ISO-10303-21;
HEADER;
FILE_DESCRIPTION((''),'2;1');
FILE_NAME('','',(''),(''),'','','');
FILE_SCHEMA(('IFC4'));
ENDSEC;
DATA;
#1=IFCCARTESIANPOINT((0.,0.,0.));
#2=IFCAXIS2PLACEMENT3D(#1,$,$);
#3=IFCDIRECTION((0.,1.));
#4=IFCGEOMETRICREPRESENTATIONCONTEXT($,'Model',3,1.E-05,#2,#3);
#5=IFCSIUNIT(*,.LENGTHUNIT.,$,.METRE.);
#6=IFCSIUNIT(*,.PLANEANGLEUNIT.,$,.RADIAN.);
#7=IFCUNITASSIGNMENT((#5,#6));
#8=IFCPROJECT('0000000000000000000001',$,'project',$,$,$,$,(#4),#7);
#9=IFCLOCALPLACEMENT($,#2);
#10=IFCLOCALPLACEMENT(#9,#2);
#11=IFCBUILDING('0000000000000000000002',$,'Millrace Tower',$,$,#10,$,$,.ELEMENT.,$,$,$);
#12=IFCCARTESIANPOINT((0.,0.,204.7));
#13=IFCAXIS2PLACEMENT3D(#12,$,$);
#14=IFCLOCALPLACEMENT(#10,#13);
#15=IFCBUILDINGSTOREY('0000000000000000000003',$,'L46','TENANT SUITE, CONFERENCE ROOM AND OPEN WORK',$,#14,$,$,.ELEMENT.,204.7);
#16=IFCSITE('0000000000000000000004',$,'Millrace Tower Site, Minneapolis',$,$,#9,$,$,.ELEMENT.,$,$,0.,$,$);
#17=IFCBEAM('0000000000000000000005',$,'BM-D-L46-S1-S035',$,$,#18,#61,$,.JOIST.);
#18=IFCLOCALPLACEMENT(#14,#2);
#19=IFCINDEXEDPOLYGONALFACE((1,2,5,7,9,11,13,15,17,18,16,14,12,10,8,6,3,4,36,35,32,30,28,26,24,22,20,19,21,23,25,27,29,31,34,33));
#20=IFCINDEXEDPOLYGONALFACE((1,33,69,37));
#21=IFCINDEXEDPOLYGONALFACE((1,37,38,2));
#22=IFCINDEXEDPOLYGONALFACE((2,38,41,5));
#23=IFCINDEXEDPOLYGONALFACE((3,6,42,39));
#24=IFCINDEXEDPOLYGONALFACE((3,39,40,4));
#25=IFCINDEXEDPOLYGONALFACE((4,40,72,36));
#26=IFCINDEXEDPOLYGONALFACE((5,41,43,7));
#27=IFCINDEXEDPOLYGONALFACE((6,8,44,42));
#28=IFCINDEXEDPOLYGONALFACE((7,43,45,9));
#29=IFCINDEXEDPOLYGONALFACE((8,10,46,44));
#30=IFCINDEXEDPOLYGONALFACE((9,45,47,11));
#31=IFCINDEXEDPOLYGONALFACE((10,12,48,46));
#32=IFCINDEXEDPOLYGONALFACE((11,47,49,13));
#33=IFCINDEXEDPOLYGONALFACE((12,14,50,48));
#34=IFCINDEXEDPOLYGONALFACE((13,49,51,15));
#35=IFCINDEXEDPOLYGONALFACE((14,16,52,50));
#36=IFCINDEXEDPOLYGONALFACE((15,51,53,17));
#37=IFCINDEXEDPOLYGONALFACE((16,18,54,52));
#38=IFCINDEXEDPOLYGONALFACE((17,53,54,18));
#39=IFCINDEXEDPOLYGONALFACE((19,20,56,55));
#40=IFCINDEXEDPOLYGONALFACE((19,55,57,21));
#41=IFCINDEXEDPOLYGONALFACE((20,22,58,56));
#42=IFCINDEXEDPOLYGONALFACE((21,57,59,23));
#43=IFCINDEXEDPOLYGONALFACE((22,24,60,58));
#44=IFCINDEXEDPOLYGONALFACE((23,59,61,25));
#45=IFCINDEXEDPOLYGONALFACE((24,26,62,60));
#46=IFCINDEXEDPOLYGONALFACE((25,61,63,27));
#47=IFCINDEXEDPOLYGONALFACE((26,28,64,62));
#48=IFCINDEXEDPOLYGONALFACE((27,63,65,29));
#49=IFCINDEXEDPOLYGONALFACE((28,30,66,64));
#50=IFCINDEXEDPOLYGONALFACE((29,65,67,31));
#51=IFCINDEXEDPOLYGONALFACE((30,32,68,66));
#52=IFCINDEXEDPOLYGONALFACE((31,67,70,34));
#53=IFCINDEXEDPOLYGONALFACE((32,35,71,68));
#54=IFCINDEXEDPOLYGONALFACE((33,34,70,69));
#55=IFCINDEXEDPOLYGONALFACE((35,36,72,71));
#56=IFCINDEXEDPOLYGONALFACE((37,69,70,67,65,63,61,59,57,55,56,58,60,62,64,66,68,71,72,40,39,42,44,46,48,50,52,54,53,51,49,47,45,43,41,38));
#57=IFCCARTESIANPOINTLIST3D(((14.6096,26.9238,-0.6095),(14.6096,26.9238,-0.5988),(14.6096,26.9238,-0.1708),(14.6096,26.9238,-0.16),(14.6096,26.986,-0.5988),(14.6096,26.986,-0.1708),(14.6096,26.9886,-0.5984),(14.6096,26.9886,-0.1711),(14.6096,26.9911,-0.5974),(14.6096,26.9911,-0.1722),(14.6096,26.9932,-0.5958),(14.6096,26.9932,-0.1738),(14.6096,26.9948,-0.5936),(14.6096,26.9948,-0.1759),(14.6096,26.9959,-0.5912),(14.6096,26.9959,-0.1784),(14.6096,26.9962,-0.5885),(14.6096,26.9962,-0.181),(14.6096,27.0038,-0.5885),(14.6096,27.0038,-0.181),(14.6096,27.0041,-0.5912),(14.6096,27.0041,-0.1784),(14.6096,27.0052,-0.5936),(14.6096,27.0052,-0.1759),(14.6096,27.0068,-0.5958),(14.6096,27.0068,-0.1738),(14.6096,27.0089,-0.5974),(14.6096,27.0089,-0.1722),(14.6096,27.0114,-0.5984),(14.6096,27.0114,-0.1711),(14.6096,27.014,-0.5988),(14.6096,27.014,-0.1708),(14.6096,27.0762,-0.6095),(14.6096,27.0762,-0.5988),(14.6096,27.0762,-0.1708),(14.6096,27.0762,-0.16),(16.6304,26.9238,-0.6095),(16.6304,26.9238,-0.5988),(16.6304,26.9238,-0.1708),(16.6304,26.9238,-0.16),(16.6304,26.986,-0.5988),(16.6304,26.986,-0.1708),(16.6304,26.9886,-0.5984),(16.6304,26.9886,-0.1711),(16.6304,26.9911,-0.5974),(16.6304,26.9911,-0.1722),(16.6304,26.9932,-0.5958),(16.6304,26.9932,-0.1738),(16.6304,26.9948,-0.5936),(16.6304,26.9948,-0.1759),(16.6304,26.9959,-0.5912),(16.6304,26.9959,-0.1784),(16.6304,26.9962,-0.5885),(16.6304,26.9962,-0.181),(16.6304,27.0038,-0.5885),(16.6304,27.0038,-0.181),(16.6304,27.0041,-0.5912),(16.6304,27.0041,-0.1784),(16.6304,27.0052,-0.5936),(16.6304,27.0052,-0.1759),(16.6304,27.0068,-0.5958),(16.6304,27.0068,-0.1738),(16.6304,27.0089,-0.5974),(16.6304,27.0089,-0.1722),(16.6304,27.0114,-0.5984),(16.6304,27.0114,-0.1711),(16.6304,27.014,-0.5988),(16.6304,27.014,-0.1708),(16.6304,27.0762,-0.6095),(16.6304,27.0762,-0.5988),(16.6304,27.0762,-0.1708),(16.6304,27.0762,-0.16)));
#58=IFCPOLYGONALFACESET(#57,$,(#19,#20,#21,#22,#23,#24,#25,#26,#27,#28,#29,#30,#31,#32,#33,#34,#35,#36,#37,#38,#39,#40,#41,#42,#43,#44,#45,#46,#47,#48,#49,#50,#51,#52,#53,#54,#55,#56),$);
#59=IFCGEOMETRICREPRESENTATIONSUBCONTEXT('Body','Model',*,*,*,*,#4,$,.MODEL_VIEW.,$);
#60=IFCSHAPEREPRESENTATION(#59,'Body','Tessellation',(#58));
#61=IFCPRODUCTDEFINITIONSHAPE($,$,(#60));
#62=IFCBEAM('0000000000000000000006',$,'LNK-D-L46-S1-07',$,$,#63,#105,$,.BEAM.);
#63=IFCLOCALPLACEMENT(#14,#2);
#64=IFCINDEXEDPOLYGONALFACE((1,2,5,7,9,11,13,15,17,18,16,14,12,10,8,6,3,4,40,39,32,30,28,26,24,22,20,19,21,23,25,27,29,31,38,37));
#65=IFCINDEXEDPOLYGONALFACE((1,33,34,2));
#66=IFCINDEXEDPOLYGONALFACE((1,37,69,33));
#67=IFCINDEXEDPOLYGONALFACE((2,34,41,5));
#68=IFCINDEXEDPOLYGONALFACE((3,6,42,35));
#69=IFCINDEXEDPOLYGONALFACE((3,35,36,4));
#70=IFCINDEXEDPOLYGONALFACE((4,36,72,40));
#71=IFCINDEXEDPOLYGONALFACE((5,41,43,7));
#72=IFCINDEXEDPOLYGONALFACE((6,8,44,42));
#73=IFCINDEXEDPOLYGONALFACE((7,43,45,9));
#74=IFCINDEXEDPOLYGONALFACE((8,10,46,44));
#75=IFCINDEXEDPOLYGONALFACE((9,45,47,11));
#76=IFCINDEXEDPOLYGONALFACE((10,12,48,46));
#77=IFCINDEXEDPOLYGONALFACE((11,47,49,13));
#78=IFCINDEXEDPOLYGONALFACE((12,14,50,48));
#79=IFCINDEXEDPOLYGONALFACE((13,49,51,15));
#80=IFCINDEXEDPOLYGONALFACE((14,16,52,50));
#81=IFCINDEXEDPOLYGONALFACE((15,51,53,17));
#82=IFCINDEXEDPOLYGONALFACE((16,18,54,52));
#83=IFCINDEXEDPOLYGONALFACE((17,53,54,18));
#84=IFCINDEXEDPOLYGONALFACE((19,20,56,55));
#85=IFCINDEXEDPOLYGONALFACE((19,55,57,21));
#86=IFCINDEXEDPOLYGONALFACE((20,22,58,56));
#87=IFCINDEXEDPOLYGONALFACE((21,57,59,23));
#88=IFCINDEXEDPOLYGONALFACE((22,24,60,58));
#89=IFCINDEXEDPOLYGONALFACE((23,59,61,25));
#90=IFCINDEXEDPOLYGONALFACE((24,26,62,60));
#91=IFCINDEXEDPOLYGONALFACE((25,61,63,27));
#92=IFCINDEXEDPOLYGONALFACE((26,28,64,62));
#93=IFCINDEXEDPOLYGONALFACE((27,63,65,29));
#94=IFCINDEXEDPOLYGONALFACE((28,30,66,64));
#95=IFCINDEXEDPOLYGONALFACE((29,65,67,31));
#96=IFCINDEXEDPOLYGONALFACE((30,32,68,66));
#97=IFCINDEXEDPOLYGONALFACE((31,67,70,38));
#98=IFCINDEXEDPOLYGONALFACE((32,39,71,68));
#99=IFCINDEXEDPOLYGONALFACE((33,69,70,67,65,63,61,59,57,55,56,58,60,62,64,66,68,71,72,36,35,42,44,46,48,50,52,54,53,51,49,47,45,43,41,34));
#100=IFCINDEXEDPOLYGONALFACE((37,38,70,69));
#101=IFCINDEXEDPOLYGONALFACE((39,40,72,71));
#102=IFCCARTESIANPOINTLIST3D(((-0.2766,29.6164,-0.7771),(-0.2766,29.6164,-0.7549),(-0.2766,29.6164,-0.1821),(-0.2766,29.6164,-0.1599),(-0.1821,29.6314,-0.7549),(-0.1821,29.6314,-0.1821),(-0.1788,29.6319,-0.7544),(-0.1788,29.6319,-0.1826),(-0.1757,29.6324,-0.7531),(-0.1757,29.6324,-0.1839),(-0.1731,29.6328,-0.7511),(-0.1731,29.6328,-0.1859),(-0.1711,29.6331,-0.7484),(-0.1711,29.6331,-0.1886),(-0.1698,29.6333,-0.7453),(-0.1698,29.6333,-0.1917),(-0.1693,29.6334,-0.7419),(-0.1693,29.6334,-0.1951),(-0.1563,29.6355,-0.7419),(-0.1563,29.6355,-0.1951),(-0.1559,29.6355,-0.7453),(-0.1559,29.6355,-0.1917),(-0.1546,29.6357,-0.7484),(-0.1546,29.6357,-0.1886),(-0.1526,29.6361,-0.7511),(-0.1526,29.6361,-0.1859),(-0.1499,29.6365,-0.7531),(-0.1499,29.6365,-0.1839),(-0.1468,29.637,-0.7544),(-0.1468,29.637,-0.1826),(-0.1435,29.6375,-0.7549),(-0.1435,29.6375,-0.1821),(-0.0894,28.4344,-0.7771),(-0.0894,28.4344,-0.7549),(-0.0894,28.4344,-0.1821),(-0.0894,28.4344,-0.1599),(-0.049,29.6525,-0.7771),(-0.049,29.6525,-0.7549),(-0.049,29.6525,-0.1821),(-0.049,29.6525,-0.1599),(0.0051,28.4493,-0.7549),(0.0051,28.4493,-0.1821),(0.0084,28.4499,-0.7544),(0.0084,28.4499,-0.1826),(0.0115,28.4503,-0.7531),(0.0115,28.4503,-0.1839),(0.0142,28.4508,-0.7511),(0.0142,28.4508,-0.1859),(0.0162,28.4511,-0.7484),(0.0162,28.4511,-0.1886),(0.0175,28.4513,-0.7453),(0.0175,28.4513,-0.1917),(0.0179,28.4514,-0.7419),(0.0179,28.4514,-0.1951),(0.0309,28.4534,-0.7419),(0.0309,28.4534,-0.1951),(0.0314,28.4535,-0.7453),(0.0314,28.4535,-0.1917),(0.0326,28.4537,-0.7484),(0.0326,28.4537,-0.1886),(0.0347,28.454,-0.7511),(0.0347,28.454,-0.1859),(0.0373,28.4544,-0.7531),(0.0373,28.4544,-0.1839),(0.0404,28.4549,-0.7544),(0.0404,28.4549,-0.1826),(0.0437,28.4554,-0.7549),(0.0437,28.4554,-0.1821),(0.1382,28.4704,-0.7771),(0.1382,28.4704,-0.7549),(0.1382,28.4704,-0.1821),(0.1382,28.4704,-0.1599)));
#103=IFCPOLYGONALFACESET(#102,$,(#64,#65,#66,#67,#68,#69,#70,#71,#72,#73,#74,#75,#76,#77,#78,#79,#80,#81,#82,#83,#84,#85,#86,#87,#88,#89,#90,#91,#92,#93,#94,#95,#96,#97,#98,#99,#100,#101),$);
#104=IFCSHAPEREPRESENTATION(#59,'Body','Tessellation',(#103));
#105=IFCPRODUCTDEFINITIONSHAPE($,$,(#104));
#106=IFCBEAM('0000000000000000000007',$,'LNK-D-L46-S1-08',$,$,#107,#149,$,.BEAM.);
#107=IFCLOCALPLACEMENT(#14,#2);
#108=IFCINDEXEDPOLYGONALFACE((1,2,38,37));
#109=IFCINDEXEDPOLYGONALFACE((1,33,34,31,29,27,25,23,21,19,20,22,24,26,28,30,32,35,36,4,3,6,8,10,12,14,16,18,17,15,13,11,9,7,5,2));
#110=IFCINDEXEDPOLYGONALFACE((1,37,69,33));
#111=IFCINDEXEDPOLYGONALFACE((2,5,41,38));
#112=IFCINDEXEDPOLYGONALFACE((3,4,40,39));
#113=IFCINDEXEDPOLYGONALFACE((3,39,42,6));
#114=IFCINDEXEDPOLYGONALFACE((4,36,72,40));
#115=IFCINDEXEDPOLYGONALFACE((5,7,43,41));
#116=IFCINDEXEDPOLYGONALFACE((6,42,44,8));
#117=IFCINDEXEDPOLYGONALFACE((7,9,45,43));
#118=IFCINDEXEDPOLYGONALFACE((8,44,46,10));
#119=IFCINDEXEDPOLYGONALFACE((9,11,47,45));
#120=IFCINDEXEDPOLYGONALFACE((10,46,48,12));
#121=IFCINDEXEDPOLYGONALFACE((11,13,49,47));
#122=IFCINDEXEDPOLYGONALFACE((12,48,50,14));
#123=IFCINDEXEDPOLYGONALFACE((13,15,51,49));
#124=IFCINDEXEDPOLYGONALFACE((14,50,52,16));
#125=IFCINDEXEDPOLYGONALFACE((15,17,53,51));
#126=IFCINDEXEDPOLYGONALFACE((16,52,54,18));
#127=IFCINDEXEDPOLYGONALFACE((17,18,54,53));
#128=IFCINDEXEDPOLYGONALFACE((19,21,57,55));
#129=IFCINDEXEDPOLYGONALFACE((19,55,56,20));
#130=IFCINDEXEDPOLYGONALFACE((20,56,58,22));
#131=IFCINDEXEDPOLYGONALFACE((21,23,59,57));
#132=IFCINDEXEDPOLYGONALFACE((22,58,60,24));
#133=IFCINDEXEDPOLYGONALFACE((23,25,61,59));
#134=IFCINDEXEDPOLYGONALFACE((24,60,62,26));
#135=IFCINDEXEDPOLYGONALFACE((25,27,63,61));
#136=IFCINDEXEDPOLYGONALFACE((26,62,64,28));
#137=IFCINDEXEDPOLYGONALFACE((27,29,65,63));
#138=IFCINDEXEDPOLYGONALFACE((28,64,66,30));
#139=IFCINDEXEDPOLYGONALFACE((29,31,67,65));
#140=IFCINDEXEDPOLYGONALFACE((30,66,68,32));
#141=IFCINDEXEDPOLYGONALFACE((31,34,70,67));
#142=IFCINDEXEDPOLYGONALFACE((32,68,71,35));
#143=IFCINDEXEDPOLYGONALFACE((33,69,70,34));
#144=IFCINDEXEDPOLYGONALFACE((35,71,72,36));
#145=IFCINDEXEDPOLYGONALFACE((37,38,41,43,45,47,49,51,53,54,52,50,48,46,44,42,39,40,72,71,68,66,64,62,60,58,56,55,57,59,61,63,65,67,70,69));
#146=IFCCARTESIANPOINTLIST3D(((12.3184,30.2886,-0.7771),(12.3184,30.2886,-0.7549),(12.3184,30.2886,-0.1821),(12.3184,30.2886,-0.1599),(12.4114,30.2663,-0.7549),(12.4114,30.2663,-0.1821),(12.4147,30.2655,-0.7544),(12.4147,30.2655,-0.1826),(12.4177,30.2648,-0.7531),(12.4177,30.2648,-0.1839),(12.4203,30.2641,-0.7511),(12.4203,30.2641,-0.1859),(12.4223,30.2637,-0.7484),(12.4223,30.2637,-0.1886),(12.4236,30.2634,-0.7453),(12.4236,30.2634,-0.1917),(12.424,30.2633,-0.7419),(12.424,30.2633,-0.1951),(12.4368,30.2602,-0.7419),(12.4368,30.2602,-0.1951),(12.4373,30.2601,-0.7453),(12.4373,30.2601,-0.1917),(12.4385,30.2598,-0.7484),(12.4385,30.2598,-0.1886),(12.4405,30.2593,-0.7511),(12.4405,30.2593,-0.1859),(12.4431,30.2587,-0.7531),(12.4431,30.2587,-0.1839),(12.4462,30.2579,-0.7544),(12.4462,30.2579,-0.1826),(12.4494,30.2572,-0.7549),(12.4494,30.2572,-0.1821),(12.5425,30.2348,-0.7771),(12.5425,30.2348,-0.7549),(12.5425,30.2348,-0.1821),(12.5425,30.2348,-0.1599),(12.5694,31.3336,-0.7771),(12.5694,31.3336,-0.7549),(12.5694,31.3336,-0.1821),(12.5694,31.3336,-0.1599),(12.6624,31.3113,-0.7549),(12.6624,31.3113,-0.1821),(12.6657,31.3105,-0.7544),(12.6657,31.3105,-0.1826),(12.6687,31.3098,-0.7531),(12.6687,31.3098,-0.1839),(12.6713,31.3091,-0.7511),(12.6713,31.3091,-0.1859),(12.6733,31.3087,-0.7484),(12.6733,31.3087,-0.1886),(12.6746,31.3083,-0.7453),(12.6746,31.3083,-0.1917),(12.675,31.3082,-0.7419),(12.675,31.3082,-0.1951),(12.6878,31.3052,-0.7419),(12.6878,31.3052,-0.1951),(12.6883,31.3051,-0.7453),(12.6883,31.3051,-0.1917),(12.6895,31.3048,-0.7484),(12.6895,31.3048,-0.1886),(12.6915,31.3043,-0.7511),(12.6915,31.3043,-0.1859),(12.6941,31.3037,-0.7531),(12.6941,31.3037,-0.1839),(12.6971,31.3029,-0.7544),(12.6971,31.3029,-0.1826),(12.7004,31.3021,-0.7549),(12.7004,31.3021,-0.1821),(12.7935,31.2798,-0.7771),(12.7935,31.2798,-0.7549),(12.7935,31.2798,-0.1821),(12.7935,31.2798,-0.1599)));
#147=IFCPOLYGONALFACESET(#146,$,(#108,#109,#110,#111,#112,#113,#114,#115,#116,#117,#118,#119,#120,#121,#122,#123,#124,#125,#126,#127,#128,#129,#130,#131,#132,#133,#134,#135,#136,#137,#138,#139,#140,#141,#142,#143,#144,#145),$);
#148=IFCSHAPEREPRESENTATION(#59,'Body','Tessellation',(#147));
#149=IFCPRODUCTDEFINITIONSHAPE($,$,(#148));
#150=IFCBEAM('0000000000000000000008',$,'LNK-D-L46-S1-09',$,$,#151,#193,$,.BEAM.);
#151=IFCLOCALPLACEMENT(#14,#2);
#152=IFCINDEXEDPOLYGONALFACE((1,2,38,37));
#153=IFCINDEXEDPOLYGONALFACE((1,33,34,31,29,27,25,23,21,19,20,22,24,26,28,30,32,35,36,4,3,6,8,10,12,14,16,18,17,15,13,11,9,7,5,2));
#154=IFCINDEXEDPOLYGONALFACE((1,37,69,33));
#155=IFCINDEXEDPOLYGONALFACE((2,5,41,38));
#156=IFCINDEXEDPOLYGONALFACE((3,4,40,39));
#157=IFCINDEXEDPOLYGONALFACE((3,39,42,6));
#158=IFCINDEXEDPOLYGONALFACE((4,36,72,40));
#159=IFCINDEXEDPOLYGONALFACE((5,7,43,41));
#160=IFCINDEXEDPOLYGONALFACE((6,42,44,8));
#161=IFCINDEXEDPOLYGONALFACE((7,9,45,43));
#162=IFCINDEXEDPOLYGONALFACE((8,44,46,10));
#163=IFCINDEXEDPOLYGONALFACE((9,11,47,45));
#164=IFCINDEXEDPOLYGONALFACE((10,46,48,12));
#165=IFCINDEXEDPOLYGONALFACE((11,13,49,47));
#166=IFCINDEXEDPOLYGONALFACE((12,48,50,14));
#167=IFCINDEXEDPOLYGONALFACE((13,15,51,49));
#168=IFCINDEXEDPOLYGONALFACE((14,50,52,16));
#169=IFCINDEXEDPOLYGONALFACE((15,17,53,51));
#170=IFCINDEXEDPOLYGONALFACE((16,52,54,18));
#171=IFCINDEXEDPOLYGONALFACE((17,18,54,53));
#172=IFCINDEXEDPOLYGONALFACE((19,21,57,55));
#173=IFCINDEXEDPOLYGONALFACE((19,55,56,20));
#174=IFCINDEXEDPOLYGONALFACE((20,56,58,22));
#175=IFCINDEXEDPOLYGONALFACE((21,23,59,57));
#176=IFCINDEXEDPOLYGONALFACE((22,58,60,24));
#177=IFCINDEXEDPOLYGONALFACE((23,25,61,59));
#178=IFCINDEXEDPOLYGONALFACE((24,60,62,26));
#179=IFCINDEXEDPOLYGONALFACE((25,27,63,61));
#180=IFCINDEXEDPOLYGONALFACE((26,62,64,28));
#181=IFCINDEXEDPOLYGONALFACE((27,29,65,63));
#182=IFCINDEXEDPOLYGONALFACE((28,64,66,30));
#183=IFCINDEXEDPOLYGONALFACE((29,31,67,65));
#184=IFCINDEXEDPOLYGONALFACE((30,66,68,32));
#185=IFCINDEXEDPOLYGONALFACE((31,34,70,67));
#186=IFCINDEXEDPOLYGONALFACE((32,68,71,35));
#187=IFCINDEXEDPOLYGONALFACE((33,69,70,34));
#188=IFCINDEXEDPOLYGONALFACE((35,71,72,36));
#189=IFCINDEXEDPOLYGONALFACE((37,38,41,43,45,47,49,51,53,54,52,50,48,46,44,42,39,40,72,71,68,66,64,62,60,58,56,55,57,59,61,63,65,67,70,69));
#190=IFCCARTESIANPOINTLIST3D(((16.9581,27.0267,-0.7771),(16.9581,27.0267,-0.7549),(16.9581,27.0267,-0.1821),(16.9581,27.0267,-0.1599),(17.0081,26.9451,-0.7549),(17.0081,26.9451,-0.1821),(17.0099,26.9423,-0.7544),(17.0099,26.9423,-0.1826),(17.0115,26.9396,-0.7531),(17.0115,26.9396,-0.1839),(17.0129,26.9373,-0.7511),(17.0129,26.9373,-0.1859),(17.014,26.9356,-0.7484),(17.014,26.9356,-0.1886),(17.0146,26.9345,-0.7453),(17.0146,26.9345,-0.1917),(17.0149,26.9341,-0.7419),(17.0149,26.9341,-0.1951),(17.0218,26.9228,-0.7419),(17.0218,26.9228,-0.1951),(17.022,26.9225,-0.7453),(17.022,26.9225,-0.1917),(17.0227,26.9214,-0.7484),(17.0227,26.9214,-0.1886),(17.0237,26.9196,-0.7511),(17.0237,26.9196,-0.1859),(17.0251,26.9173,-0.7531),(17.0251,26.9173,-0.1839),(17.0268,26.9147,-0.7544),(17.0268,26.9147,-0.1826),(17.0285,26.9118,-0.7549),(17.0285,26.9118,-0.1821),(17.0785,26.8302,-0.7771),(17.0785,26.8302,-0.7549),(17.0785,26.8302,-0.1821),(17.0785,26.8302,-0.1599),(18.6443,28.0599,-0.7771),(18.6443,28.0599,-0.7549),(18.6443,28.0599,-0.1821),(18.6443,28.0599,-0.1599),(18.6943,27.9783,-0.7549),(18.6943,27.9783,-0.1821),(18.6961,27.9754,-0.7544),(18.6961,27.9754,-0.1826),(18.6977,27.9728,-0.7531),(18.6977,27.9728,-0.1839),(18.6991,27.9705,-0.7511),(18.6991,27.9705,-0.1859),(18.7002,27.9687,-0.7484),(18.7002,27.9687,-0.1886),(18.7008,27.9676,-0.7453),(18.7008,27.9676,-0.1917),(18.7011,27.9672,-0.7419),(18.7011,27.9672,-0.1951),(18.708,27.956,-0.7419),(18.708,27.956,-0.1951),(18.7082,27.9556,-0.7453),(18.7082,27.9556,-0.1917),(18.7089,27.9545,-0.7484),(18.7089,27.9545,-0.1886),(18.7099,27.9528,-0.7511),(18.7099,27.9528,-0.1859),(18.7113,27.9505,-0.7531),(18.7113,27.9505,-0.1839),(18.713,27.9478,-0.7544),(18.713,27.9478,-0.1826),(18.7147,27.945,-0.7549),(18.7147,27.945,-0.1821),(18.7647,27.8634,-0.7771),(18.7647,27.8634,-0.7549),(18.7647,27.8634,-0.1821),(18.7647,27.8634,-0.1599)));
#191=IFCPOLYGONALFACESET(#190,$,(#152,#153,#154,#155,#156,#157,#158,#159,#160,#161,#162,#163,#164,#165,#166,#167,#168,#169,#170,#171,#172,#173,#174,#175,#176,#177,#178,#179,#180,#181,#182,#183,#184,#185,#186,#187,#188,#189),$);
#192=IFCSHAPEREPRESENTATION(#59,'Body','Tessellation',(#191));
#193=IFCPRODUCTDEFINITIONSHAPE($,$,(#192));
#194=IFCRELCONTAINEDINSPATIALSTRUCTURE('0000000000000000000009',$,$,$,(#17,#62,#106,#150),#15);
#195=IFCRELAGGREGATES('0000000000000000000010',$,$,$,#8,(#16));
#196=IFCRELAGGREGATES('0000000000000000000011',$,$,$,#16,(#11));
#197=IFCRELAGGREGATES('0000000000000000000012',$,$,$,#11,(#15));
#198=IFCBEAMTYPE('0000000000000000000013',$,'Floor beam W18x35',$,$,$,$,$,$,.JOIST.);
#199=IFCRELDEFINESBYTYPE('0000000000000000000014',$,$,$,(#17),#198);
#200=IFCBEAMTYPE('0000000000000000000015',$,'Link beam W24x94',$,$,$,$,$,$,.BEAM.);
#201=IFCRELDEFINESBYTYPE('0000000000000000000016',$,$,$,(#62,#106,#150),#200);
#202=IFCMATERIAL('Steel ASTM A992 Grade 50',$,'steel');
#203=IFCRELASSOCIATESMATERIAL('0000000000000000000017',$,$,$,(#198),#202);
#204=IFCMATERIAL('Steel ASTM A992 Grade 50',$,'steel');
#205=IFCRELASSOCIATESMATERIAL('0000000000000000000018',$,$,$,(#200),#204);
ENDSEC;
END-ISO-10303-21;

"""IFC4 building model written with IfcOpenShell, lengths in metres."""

from ifc_helpers import new_model, si_unit, direction, frame, origin, origin_2d, place, context, subcontext, project, spatial, i_section, extrude, material, material_profile, profile_set, type_object, element, save


model = new_model("IFC4")

# Units and contexts
model_context = context("Model", 3, precision=1e-05, world=origin(), true_north=direction((0.0, 1.0)))
body_context = subcontext(model_context, "Body", "Model", "MODEL_VIEW")
ifc_project = project(units=[si_unit("LENGTHUNIT", "METRE"), si_unit("PLANEANGLEUNIT", "RADIAN")], contexts=[model_context])

# Site, building, storey
site_placement = place(None, origin())
site = spatial("IfcSite", under=ifc_project, at=site_placement, Name="Millrace Tower Site, Minneapolis", CompositionType="ELEMENT", RefElevation=0.0)
building_placement = place(site_placement, origin())
building = spatial("IfcBuilding", under=site, at=building_placement, Name="Millrace Tower", CompositionType="ELEMENT")
storey_placement = place(building_placement, frame((0.0, 0.0, 204.7)))
storey = spatial("IfcBuildingStorey", under=building, at=storey_placement, Name="L46", Description="TENANT SUITE, CONFERENCE ROOM AND OPEN WORK", CompositionType="ELEMENT", Elevation=204.7)

# Beams
ifc_material_1 = material(Name="Steel ASTM A992 Grade 50", Category="steel")
ifc_material_profile_1 = material_profile(ifc_material_1, i_section(OverallWidth=0.1523, OverallDepth=0.4495, WebThickness=0.0076, FlangeThickness=0.0107, FilletRadius=0.0103, at=origin_2d()))
ifc_profile_set_1 = profile_set([ifc_material_profile_1], Name="Steel ASTM A992 Grade 50")
beam_type_1 = type_object("IfcBeamType", Name="Floor beam W18x35", PredefinedType="JOIST", material=ifc_profile_set_1)
beam_1_placement = place(storey_placement, frame((14.6096, 27.0, -0.3848), z_axis=(1.0, 0.0, 0.0), x_axis=(0.0, 1.0, 0.0)))
element("IfcBeam", 1, at=beam_1_placement, inside=storey, type_object=beam_type_1, Name="BM-D-L46-S1-S035", PredefinedType="JOIST", context=body_context, shape_type="SweptSolid", body=[
    extrude(i_section(OverallWidth=0.1523, OverallDepth=0.4495, WebThickness=0.0076, FlangeThickness=0.0107, FilletRadius=0.0103, at=origin_2d()), origin(), (0.0, 0.0, 1.0), 2.0208),
])
ifc_material_2 = material(Name="Steel ASTM A992 Grade 50", Category="steel")
ifc_material_profile_2 = material_profile(ifc_material_2, i_section(OverallWidth=0.2305, OverallDepth=0.6172, WebThickness=0.0132, FlangeThickness=0.0222, FilletRadius=0.0129, at=origin_2d()))
ifc_profile_set_2 = profile_set([ifc_material_profile_2], Name="Steel ASTM A992 Grade 50")
beam_type_2 = type_object("IfcBeamType", Name="Link beam W24x94", PredefinedType="BEAM", material=ifc_profile_set_2)
beam_2_placement = place(storey_placement, frame((0.0244, 28.4524, -0.4685), z_axis=(-0.156455, 0.987685, 0.0), x_axis=(-0.987685, -0.156455, 0.0)))
element("IfcBeam", 2, at=beam_2_placement, inside=storey, type_object=beam_type_2, Name="LNK-D-L46-S1-07", PredefinedType="BEAM", context=body_context, shape_type="SweptSolid", body=[
    extrude(i_section(OverallWidth=0.2305, OverallDepth=0.6172, WebThickness=0.0132, FlangeThickness=0.0222, FilletRadius=0.0129, at=origin_2d()), origin(), (0.0, 0.0, 1.0), 1.1968),
])
beam_3_placement = place(storey_placement, frame((12.4304, 30.2617, -0.4685), z_axis=(0.233545, 0.972346, 0.0), x_axis=(-0.972346, 0.233545, 0.0)))
element("IfcBeam", 3, at=beam_3_placement, inside=storey, type_object=beam_type_2, Name="LNK-D-L46-S1-08", PredefinedType="BEAM", context=body_context, shape_type="SweptSolid", body=[
    extrude(i_section(OverallWidth=0.2305, OverallDepth=0.6172, WebThickness=0.0132, FlangeThickness=0.0222, FilletRadius=0.0129, at=origin_2d()), origin(), (0.0, 0.0, 1.0), 1.0747),
])
beam_4_placement = place(storey_placement, frame((17.0183, 26.9285, -0.4685), z_axis=(0.852674, 0.522443, 0.0), x_axis=(-0.522443, 0.852674, 0.0)))
element("IfcBeam", 4, at=beam_4_placement, inside=storey, type_object=beam_type_2, Name="LNK-D-L46-S1-09", PredefinedType="BEAM", context=body_context, shape_type="SweptSolid", body=[
    extrude(i_section(OverallWidth=0.2305, OverallDepth=0.6172, WebThickness=0.0132, FlangeThickness=0.0222, FilletRadius=0.0129, at=origin_2d()), origin(), (0.0, 0.0, 1.0), 1.9775),
])

save(model, "model.ifc")
